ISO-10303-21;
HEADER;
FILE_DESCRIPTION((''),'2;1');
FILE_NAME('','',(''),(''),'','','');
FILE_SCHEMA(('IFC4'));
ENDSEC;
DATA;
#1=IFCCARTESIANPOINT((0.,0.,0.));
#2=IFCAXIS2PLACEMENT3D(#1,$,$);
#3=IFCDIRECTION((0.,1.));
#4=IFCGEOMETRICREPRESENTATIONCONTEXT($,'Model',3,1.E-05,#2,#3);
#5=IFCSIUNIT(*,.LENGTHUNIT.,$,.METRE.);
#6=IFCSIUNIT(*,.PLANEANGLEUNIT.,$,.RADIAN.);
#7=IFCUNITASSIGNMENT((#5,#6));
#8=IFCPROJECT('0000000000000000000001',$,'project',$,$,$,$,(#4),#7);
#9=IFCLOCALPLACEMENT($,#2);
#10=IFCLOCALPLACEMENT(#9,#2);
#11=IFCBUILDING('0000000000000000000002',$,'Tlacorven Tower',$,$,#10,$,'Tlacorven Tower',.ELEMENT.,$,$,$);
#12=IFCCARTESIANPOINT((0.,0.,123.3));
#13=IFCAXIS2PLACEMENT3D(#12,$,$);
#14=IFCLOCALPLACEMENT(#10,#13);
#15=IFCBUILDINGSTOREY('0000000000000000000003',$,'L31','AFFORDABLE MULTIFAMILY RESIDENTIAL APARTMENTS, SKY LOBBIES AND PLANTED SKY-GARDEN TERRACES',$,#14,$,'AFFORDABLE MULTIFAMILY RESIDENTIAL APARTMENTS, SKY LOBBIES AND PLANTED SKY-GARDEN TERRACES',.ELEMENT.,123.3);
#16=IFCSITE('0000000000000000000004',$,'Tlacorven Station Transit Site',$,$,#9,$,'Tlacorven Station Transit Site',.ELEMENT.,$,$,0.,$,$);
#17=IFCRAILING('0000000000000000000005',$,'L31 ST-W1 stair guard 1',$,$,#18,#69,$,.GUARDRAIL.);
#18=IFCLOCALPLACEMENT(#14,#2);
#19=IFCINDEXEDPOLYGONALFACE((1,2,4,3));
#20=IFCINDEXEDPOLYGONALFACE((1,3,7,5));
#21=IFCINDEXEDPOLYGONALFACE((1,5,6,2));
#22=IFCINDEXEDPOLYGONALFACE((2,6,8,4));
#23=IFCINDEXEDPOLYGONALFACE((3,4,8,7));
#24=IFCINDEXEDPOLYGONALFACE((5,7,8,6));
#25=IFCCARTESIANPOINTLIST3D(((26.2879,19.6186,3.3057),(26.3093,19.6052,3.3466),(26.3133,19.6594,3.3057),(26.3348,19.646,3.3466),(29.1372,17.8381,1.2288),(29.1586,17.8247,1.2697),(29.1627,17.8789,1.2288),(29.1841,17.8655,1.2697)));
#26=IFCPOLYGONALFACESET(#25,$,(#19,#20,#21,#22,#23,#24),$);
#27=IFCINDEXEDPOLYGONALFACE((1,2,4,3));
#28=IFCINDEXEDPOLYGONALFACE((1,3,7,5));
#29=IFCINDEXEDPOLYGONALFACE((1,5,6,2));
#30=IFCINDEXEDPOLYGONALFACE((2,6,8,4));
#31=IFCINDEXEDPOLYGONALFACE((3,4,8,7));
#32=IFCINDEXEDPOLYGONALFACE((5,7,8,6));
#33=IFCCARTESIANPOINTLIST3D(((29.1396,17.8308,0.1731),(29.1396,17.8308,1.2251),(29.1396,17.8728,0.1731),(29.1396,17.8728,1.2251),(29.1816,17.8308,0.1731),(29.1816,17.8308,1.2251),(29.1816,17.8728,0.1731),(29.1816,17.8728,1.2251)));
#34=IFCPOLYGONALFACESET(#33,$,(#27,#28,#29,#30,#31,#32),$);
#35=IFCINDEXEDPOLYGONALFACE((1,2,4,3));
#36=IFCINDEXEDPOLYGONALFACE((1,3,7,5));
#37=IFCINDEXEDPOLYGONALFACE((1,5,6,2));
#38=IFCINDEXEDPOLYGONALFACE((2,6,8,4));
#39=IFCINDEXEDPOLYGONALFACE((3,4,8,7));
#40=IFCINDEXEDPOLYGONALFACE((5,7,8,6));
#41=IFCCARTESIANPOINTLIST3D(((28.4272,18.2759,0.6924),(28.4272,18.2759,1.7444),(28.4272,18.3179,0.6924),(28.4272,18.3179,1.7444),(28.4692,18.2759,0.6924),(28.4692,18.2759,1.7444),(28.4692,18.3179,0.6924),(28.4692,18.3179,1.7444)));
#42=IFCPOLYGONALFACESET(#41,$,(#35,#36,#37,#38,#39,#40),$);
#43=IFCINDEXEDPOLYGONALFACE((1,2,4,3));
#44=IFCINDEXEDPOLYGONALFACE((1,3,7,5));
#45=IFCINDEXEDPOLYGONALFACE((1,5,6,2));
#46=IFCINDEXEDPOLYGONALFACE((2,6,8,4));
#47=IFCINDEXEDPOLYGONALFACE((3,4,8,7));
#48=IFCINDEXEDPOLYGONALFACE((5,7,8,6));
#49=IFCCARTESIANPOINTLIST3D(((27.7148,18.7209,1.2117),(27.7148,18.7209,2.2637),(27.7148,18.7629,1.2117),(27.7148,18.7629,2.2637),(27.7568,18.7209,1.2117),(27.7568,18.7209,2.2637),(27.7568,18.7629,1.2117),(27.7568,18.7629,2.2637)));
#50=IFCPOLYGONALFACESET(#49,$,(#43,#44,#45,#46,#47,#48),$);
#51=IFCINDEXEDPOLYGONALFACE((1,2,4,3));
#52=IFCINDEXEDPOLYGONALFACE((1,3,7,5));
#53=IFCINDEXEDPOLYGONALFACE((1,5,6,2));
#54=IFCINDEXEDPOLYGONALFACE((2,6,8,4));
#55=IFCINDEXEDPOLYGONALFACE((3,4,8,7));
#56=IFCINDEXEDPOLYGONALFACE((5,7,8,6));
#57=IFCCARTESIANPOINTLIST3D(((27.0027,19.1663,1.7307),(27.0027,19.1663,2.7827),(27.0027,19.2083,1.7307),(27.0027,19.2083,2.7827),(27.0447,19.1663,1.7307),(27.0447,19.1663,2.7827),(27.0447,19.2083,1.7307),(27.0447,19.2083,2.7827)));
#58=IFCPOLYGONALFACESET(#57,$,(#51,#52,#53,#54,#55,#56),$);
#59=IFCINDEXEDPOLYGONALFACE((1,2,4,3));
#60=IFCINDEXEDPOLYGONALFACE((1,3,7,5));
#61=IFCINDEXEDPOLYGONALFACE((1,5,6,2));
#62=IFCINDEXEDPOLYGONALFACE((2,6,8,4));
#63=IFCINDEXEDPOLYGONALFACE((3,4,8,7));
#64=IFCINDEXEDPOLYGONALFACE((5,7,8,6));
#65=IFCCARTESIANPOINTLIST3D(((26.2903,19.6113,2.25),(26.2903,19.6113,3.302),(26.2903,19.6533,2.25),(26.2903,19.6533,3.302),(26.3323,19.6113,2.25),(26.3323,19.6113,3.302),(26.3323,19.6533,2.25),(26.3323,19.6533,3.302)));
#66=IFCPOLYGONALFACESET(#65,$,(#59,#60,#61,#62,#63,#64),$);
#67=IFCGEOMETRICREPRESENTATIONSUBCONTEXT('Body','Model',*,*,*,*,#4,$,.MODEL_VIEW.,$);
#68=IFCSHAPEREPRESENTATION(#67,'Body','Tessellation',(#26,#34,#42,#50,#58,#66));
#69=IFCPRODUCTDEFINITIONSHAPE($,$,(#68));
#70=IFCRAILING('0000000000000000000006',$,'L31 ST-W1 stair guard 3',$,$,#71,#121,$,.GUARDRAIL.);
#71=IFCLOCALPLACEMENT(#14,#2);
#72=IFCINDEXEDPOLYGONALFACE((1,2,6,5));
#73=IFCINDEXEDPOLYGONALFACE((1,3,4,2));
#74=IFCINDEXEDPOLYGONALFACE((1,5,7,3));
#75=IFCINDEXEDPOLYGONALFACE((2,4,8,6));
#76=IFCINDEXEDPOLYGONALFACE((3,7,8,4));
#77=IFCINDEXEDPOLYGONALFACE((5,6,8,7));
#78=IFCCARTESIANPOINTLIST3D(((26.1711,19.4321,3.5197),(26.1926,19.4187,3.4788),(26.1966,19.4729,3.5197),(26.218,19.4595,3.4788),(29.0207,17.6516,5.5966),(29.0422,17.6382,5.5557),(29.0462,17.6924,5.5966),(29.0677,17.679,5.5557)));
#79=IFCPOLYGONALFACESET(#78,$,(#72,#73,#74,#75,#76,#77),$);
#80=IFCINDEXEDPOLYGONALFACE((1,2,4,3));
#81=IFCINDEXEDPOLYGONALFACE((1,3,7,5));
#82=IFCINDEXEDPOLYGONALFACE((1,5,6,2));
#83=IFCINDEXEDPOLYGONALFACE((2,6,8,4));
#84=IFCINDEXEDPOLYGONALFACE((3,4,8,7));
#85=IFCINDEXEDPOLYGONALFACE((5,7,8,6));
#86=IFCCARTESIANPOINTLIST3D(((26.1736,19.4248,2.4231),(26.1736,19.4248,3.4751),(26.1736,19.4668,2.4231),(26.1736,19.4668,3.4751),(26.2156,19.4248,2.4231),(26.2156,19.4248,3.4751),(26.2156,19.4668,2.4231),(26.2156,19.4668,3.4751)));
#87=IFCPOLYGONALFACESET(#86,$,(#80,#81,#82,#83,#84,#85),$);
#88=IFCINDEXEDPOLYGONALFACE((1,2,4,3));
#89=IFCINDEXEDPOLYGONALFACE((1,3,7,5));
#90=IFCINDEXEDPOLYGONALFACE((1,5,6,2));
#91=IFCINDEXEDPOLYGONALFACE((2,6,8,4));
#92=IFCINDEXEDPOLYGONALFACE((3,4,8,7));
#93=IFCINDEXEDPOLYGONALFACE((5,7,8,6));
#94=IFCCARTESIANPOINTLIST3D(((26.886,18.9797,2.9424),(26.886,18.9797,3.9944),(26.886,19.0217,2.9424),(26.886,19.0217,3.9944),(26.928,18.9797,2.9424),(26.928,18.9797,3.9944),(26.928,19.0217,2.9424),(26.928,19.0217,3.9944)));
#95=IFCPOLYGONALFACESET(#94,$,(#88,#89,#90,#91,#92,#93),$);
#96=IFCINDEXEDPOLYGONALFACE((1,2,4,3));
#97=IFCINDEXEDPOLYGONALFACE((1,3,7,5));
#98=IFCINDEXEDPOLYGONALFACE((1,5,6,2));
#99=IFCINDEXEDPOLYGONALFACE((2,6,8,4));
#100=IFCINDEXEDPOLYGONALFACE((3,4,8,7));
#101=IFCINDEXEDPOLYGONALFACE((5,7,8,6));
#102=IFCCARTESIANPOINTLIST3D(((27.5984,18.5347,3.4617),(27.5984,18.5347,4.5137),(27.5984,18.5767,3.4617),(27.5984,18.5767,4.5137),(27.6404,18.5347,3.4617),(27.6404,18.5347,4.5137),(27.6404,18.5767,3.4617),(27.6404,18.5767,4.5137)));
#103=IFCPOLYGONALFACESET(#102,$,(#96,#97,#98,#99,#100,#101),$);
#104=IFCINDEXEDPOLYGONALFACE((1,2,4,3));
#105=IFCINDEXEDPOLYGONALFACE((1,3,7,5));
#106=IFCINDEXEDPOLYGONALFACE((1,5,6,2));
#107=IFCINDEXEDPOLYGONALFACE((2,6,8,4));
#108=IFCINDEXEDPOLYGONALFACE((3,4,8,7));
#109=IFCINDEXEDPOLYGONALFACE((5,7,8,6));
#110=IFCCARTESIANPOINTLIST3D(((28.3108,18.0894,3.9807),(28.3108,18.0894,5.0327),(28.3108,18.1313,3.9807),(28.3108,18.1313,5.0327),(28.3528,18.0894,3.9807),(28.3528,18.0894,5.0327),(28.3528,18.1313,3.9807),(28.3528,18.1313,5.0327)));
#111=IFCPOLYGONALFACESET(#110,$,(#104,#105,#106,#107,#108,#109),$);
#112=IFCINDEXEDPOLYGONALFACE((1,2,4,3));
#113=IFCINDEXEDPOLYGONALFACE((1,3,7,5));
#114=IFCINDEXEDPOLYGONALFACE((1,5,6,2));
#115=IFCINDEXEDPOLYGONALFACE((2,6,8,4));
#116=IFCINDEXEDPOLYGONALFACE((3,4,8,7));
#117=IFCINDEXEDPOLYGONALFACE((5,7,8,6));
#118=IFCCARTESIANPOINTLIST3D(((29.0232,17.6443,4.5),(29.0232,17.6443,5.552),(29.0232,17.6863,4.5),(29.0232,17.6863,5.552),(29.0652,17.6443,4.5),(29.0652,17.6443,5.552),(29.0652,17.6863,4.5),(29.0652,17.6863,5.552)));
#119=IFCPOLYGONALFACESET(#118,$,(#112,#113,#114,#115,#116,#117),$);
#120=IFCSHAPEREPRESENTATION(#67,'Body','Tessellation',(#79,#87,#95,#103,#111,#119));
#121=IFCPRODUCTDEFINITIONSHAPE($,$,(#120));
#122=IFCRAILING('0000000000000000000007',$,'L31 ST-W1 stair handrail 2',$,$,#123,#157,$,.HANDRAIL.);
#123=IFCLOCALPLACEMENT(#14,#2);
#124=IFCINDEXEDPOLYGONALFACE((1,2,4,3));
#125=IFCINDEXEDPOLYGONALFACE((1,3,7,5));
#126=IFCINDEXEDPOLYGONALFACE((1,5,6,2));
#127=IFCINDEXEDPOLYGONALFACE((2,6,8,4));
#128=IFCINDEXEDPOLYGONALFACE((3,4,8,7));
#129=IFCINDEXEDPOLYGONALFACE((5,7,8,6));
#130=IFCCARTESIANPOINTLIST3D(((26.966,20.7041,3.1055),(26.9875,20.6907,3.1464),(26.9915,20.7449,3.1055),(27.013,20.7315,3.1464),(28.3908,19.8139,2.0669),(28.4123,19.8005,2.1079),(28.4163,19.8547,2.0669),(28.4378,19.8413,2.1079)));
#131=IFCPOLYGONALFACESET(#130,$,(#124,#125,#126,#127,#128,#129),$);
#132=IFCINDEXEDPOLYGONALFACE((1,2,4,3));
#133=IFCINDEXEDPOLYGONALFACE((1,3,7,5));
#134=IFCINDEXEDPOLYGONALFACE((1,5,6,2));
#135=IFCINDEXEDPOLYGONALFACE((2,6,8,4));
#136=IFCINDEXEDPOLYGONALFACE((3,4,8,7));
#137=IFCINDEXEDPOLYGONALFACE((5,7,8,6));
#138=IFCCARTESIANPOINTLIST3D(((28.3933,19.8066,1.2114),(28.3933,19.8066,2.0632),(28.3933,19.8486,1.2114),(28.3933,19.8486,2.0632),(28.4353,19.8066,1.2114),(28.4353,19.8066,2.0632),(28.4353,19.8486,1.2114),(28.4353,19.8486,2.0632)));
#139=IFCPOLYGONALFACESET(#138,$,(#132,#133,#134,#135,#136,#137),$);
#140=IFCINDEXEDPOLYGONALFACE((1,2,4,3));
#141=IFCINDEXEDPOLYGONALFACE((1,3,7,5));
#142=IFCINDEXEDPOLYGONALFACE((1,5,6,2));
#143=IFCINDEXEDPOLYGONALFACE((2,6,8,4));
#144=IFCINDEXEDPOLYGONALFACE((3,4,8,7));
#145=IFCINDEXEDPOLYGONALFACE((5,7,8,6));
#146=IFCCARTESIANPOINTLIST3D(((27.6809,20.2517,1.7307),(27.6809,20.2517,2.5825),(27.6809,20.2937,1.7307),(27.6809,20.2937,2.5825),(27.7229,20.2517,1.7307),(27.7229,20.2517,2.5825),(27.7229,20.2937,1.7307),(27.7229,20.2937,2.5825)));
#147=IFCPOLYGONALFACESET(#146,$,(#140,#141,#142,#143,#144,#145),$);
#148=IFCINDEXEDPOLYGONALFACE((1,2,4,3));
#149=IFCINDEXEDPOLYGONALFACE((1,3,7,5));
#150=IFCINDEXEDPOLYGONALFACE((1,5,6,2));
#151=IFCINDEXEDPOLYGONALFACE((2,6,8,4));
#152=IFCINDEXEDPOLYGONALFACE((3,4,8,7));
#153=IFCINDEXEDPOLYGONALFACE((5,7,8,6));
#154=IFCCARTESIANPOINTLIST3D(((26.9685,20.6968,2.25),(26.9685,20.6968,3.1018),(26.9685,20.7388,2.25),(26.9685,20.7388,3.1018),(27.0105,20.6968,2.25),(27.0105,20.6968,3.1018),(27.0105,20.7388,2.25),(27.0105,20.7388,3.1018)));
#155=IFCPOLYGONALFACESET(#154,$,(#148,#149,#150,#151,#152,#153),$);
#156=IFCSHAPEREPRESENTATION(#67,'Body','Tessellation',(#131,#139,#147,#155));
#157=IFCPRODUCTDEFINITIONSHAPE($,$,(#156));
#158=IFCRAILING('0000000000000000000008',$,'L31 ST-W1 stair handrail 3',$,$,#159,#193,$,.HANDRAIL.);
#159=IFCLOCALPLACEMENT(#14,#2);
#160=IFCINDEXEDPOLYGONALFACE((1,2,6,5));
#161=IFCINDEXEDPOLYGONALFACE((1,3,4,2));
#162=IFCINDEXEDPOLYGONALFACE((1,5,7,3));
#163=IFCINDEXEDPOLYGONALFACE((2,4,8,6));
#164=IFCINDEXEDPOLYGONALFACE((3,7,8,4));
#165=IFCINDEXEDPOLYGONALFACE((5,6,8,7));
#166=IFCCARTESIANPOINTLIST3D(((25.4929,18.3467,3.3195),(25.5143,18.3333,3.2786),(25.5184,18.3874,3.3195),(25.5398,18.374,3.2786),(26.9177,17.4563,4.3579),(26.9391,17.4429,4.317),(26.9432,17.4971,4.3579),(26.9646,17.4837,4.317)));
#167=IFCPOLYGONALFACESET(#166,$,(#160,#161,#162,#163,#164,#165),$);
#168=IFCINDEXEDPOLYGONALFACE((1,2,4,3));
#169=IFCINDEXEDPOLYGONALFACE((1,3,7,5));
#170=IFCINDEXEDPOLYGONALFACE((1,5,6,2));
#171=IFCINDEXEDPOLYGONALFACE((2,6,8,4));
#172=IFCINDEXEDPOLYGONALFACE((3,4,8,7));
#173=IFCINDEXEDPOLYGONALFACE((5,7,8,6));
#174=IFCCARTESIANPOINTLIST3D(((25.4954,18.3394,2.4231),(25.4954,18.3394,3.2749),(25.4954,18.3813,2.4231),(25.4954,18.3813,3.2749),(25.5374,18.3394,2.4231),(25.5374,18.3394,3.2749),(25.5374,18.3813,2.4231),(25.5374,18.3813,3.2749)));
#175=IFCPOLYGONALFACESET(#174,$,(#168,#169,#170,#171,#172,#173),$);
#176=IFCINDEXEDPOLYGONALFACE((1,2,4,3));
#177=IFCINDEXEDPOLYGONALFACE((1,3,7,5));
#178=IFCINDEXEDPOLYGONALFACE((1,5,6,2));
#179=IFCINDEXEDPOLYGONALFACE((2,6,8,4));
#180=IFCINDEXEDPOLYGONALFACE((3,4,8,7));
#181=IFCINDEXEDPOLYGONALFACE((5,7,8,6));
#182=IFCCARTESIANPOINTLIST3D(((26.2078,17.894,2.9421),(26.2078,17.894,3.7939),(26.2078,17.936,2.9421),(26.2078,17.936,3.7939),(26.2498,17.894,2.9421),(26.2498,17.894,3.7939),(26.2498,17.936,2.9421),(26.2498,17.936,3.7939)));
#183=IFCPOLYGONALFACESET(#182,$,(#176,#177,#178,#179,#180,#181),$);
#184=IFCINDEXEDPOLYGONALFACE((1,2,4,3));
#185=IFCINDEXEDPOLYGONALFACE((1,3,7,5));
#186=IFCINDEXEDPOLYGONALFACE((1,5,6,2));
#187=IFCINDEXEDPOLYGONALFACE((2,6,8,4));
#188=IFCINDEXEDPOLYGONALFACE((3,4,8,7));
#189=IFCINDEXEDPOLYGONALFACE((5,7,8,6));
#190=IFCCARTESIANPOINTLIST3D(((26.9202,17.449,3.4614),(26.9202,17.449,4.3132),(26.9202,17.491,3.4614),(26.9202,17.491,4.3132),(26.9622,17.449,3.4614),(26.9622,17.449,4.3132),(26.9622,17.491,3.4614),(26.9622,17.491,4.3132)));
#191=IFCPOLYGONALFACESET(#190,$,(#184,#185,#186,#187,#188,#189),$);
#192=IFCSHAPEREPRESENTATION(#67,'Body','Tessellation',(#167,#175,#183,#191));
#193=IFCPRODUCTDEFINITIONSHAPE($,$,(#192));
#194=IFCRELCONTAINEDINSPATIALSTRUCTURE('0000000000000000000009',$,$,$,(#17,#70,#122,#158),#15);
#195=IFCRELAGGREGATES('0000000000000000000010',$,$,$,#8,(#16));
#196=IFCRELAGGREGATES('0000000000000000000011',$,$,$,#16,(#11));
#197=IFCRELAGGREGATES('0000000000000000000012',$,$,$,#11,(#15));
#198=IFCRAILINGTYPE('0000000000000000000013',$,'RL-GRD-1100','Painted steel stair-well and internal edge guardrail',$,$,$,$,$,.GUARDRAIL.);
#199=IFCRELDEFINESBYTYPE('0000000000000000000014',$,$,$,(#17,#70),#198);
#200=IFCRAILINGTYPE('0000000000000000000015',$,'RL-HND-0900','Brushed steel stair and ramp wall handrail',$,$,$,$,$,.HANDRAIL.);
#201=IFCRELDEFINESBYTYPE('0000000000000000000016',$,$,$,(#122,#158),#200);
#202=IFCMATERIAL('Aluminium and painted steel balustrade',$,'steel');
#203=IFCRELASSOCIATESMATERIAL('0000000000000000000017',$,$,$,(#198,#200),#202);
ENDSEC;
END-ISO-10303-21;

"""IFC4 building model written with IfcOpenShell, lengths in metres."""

from ifc_helpers import new_model, si_unit, direction, frame, origin, origin_2d, place, context, subcontext, project, spatial, rectangle, extrude, source, transform, mapped, material, type_object, element, save


model = new_model("IFC4")

# Units and contexts
model_context = context("Model", 3, precision=1e-05, world=origin(), true_north=direction((0.0, 1.0)))
body_context = subcontext(model_context, "Body", "Model", "MODEL_VIEW")
ifc_project = project(units=[si_unit("LENGTHUNIT", "METRE"), si_unit("PLANEANGLEUNIT", "RADIAN")], contexts=[model_context])

# Site, building, storey
site_placement = place(None, origin())
site = spatial("IfcSite", under=ifc_project, at=site_placement, Name="Tlacorven Station Transit Site", LongName="Tlacorven Station Transit Site", CompositionType="ELEMENT", RefElevation=0.0)
building_placement = place(site_placement, origin())
building = spatial("IfcBuilding", under=site, at=building_placement, Name="Tlacorven Tower", LongName="Tlacorven Tower", CompositionType="ELEMENT")
storey_placement = place(building_placement, frame((0.0, 0.0, 123.3)))
storey = spatial("IfcBuildingStorey", under=building, at=storey_placement, Name="L31", Description="AFFORDABLE MULTIFAMILY RESIDENTIAL APARTMENTS, SKY LOBBIES AND PLANTED SKY-GARDEN TERRACES", LongName="AFFORDABLE MULTIFAMILY RESIDENTIAL APARTMENTS, SKY LOBBIES AND PLANTED SKY-GARDEN TERRACES", CompositionType="ELEMENT", Elevation=123.3)

# Shared definitions
ifc_material_1 = material(Name="Aluminium and painted steel balustrade", Category="steel")
railing_type_1 = type_object("IfcRailingType", Name="RL-GRD-1100", Description="Painted steel stair-well and internal edge guardrail", PredefinedType="GUARDRAIL", material=ifc_material_1)

# Railings
shared_shape_1 = source(origin(), body_context, "Body", "SweptSolid", [
    extrude(rectangle(XDim=0.0481, YDim=0.0481, at=origin_2d()), frame((0.0, 0.0, 1.0762), z_axis=(-0.721355, 0.450762, 0.525796), x_axis=(-0.529927, -0.848043, 0.0)), (0.0, 0.0, 1.0), 3.95),
    extrude(rectangle(XDim=0.042, YDim=0.042, at=origin_2d()), origin(), (0.0, 0.0, 1.0), 1.052),
    extrude(rectangle(XDim=0.042, YDim=0.042, at=origin_2d()), frame((-0.7124, 0.4451, 0.5193)), (0.0, 0.0, 1.0), 1.052),
    extrude(rectangle(XDim=0.042, YDim=0.042, at=origin_2d()), frame((-1.4248, 0.8901, 1.0386)), (0.0, 0.0, 1.0), 1.052),
    extrude(rectangle(XDim=0.042, YDim=0.042, at=origin_2d()), frame((-2.137, 1.3354, 1.5576)), (0.0, 0.0, 1.0), 1.052),
    extrude(rectangle(XDim=0.042, YDim=0.042, at=origin_2d()), frame((-2.8494, 1.7805, 2.0769)), (0.0, 0.0, 1.0), 1.052),
])
railing_1_placement = place(storey_placement, frame((29.1606, 17.8518, 0.1731)))
element("IfcRailing", 1, at=railing_1_placement, inside=storey, type_object=railing_type_1, Name="L31 ST-W1 stair guard 1", PredefinedType="GUARDRAIL", context=body_context, shape_type="MappedRepresentation", body=[
    mapped(shared_shape_1, transform((0.0, 0.0, 0.0), scale=1.0)),
])
shared_shape_2 = source(origin(), body_context, "Body", "SweptSolid", [
    extrude(rectangle(XDim=0.0481, YDim=0.0481, at=origin_2d()), frame((0.0, 0.0, 1.0762), z_axis=(0.721384, -0.450742, 0.525772), x_axis=(0.529894, 0.848064, 0.0)), (0.0, 0.0, 1.0), 3.9502),
    extrude(rectangle(XDim=0.042, YDim=0.042, at=origin_2d()), origin(), (0.0, 0.0, 1.0), 1.052),
    extrude(rectangle(XDim=0.042, YDim=0.042, at=origin_2d()), frame((0.7124, -0.4451, 0.5193)), (0.0, 0.0, 1.0), 1.052),
    extrude(rectangle(XDim=0.042, YDim=0.042, at=origin_2d()), frame((1.4248, -0.8901, 1.0386)), (0.0, 0.0, 1.0), 1.052),
    extrude(rectangle(XDim=0.042, YDim=0.042, at=origin_2d()), frame((2.1372, -1.3354, 1.5576)), (0.0, 0.0, 1.0), 1.052),
    extrude(rectangle(XDim=0.042, YDim=0.042, at=origin_2d()), frame((2.8496, -1.7805, 2.0769)), (0.0, 0.0, 1.0), 1.052),
])
railing_2_placement = place(storey_placement, frame((26.1946, 19.4458, 2.4231)))
element("IfcRailing", 2, at=railing_2_placement, inside=storey, type_object=railing_type_1, Name="L31 ST-W1 stair guard 3", PredefinedType="GUARDRAIL", context=body_context, shape_type="MappedRepresentation", body=[
    mapped(shared_shape_2, transform((0.0, 0.0, 0.0), scale=1.0)),
])
railing_type_2 = type_object("IfcRailingType", Name="RL-HND-0900", Description="Brushed steel stair and ramp wall handrail", PredefinedType="HANDRAIL", material=ifc_material_1)
shared_shape_3 = source(origin(), body_context, "Body", "SweptSolid", [
    extrude(rectangle(XDim=0.0481, YDim=0.0481, at=origin_2d()), frame((0.0, 0.0, 0.876), z_axis=(-0.721381, 0.450678, 0.525832), x_axis=(-0.529842, -0.848096, 0.0)), (0.0, 0.0, 1.0), 1.9751),
    extrude(rectangle(XDim=0.042, YDim=0.042, at=origin_2d()), origin(), (0.0, 0.0, 1.0), 0.8518),
    extrude(rectangle(XDim=0.042, YDim=0.042, at=origin_2d()), frame((-0.7124, 0.4451, 0.5193)), (0.0, 0.0, 1.0), 0.8518),
    extrude(rectangle(XDim=0.042, YDim=0.042, at=origin_2d()), frame((-1.4248, 0.8901, 1.0386)), (0.0, 0.0, 1.0), 0.8518),
])
railing_3_placement = place(storey_placement, frame((28.4143, 19.8276, 1.2114)))
element("IfcRailing", 3, at=railing_3_placement, inside=storey, type_object=railing_type_2, Name="L31 ST-W1 stair handrail 2", PredefinedType="HANDRAIL", context=body_context, shape_type="MappedRepresentation", body=[
    mapped(shared_shape_3, transform((0.0, 0.0, 0.0), scale=1.0)),
])
shared_shape_4 = source(origin(), body_context, "Body", "SweptSolid", [
    extrude(rectangle(XDim=0.0481, YDim=0.0481, at=origin_2d()), frame((0.0, 0.0, 0.876), z_axis=(0.721388, -0.450805, 0.525713), x_axis=(0.529947, 0.848031, 0.0)), (0.0, 0.0, 1.0), 1.9751),
    extrude(rectangle(XDim=0.042, YDim=0.042, at=origin_2d()), origin(), (0.0, 0.0, 1.0), 0.8518),
    extrude(rectangle(XDim=0.042, YDim=0.042, at=origin_2d()), frame((0.7124, -0.4453, 0.519)), (0.0, 0.0, 1.0), 0.8518),
    extrude(rectangle(XDim=0.042, YDim=0.042, at=origin_2d()), frame((1.4248, -0.8904, 1.0383)), (0.0, 0.0, 1.0), 0.8518),
])
railing_4_placement = place(storey_placement, frame((25.5164, 18.3604, 2.4231)))
element("IfcRailing", 4, at=railing_4_placement, inside=storey, type_object=railing_type_2, Name="L31 ST-W1 stair handrail 3", PredefinedType="HANDRAIL", context=body_context, shape_type="MappedRepresentation", body=[
    mapped(shared_shape_4, transform((0.0, 0.0, 0.0), scale=1.0)),
])

save(model, "model.ifc")
